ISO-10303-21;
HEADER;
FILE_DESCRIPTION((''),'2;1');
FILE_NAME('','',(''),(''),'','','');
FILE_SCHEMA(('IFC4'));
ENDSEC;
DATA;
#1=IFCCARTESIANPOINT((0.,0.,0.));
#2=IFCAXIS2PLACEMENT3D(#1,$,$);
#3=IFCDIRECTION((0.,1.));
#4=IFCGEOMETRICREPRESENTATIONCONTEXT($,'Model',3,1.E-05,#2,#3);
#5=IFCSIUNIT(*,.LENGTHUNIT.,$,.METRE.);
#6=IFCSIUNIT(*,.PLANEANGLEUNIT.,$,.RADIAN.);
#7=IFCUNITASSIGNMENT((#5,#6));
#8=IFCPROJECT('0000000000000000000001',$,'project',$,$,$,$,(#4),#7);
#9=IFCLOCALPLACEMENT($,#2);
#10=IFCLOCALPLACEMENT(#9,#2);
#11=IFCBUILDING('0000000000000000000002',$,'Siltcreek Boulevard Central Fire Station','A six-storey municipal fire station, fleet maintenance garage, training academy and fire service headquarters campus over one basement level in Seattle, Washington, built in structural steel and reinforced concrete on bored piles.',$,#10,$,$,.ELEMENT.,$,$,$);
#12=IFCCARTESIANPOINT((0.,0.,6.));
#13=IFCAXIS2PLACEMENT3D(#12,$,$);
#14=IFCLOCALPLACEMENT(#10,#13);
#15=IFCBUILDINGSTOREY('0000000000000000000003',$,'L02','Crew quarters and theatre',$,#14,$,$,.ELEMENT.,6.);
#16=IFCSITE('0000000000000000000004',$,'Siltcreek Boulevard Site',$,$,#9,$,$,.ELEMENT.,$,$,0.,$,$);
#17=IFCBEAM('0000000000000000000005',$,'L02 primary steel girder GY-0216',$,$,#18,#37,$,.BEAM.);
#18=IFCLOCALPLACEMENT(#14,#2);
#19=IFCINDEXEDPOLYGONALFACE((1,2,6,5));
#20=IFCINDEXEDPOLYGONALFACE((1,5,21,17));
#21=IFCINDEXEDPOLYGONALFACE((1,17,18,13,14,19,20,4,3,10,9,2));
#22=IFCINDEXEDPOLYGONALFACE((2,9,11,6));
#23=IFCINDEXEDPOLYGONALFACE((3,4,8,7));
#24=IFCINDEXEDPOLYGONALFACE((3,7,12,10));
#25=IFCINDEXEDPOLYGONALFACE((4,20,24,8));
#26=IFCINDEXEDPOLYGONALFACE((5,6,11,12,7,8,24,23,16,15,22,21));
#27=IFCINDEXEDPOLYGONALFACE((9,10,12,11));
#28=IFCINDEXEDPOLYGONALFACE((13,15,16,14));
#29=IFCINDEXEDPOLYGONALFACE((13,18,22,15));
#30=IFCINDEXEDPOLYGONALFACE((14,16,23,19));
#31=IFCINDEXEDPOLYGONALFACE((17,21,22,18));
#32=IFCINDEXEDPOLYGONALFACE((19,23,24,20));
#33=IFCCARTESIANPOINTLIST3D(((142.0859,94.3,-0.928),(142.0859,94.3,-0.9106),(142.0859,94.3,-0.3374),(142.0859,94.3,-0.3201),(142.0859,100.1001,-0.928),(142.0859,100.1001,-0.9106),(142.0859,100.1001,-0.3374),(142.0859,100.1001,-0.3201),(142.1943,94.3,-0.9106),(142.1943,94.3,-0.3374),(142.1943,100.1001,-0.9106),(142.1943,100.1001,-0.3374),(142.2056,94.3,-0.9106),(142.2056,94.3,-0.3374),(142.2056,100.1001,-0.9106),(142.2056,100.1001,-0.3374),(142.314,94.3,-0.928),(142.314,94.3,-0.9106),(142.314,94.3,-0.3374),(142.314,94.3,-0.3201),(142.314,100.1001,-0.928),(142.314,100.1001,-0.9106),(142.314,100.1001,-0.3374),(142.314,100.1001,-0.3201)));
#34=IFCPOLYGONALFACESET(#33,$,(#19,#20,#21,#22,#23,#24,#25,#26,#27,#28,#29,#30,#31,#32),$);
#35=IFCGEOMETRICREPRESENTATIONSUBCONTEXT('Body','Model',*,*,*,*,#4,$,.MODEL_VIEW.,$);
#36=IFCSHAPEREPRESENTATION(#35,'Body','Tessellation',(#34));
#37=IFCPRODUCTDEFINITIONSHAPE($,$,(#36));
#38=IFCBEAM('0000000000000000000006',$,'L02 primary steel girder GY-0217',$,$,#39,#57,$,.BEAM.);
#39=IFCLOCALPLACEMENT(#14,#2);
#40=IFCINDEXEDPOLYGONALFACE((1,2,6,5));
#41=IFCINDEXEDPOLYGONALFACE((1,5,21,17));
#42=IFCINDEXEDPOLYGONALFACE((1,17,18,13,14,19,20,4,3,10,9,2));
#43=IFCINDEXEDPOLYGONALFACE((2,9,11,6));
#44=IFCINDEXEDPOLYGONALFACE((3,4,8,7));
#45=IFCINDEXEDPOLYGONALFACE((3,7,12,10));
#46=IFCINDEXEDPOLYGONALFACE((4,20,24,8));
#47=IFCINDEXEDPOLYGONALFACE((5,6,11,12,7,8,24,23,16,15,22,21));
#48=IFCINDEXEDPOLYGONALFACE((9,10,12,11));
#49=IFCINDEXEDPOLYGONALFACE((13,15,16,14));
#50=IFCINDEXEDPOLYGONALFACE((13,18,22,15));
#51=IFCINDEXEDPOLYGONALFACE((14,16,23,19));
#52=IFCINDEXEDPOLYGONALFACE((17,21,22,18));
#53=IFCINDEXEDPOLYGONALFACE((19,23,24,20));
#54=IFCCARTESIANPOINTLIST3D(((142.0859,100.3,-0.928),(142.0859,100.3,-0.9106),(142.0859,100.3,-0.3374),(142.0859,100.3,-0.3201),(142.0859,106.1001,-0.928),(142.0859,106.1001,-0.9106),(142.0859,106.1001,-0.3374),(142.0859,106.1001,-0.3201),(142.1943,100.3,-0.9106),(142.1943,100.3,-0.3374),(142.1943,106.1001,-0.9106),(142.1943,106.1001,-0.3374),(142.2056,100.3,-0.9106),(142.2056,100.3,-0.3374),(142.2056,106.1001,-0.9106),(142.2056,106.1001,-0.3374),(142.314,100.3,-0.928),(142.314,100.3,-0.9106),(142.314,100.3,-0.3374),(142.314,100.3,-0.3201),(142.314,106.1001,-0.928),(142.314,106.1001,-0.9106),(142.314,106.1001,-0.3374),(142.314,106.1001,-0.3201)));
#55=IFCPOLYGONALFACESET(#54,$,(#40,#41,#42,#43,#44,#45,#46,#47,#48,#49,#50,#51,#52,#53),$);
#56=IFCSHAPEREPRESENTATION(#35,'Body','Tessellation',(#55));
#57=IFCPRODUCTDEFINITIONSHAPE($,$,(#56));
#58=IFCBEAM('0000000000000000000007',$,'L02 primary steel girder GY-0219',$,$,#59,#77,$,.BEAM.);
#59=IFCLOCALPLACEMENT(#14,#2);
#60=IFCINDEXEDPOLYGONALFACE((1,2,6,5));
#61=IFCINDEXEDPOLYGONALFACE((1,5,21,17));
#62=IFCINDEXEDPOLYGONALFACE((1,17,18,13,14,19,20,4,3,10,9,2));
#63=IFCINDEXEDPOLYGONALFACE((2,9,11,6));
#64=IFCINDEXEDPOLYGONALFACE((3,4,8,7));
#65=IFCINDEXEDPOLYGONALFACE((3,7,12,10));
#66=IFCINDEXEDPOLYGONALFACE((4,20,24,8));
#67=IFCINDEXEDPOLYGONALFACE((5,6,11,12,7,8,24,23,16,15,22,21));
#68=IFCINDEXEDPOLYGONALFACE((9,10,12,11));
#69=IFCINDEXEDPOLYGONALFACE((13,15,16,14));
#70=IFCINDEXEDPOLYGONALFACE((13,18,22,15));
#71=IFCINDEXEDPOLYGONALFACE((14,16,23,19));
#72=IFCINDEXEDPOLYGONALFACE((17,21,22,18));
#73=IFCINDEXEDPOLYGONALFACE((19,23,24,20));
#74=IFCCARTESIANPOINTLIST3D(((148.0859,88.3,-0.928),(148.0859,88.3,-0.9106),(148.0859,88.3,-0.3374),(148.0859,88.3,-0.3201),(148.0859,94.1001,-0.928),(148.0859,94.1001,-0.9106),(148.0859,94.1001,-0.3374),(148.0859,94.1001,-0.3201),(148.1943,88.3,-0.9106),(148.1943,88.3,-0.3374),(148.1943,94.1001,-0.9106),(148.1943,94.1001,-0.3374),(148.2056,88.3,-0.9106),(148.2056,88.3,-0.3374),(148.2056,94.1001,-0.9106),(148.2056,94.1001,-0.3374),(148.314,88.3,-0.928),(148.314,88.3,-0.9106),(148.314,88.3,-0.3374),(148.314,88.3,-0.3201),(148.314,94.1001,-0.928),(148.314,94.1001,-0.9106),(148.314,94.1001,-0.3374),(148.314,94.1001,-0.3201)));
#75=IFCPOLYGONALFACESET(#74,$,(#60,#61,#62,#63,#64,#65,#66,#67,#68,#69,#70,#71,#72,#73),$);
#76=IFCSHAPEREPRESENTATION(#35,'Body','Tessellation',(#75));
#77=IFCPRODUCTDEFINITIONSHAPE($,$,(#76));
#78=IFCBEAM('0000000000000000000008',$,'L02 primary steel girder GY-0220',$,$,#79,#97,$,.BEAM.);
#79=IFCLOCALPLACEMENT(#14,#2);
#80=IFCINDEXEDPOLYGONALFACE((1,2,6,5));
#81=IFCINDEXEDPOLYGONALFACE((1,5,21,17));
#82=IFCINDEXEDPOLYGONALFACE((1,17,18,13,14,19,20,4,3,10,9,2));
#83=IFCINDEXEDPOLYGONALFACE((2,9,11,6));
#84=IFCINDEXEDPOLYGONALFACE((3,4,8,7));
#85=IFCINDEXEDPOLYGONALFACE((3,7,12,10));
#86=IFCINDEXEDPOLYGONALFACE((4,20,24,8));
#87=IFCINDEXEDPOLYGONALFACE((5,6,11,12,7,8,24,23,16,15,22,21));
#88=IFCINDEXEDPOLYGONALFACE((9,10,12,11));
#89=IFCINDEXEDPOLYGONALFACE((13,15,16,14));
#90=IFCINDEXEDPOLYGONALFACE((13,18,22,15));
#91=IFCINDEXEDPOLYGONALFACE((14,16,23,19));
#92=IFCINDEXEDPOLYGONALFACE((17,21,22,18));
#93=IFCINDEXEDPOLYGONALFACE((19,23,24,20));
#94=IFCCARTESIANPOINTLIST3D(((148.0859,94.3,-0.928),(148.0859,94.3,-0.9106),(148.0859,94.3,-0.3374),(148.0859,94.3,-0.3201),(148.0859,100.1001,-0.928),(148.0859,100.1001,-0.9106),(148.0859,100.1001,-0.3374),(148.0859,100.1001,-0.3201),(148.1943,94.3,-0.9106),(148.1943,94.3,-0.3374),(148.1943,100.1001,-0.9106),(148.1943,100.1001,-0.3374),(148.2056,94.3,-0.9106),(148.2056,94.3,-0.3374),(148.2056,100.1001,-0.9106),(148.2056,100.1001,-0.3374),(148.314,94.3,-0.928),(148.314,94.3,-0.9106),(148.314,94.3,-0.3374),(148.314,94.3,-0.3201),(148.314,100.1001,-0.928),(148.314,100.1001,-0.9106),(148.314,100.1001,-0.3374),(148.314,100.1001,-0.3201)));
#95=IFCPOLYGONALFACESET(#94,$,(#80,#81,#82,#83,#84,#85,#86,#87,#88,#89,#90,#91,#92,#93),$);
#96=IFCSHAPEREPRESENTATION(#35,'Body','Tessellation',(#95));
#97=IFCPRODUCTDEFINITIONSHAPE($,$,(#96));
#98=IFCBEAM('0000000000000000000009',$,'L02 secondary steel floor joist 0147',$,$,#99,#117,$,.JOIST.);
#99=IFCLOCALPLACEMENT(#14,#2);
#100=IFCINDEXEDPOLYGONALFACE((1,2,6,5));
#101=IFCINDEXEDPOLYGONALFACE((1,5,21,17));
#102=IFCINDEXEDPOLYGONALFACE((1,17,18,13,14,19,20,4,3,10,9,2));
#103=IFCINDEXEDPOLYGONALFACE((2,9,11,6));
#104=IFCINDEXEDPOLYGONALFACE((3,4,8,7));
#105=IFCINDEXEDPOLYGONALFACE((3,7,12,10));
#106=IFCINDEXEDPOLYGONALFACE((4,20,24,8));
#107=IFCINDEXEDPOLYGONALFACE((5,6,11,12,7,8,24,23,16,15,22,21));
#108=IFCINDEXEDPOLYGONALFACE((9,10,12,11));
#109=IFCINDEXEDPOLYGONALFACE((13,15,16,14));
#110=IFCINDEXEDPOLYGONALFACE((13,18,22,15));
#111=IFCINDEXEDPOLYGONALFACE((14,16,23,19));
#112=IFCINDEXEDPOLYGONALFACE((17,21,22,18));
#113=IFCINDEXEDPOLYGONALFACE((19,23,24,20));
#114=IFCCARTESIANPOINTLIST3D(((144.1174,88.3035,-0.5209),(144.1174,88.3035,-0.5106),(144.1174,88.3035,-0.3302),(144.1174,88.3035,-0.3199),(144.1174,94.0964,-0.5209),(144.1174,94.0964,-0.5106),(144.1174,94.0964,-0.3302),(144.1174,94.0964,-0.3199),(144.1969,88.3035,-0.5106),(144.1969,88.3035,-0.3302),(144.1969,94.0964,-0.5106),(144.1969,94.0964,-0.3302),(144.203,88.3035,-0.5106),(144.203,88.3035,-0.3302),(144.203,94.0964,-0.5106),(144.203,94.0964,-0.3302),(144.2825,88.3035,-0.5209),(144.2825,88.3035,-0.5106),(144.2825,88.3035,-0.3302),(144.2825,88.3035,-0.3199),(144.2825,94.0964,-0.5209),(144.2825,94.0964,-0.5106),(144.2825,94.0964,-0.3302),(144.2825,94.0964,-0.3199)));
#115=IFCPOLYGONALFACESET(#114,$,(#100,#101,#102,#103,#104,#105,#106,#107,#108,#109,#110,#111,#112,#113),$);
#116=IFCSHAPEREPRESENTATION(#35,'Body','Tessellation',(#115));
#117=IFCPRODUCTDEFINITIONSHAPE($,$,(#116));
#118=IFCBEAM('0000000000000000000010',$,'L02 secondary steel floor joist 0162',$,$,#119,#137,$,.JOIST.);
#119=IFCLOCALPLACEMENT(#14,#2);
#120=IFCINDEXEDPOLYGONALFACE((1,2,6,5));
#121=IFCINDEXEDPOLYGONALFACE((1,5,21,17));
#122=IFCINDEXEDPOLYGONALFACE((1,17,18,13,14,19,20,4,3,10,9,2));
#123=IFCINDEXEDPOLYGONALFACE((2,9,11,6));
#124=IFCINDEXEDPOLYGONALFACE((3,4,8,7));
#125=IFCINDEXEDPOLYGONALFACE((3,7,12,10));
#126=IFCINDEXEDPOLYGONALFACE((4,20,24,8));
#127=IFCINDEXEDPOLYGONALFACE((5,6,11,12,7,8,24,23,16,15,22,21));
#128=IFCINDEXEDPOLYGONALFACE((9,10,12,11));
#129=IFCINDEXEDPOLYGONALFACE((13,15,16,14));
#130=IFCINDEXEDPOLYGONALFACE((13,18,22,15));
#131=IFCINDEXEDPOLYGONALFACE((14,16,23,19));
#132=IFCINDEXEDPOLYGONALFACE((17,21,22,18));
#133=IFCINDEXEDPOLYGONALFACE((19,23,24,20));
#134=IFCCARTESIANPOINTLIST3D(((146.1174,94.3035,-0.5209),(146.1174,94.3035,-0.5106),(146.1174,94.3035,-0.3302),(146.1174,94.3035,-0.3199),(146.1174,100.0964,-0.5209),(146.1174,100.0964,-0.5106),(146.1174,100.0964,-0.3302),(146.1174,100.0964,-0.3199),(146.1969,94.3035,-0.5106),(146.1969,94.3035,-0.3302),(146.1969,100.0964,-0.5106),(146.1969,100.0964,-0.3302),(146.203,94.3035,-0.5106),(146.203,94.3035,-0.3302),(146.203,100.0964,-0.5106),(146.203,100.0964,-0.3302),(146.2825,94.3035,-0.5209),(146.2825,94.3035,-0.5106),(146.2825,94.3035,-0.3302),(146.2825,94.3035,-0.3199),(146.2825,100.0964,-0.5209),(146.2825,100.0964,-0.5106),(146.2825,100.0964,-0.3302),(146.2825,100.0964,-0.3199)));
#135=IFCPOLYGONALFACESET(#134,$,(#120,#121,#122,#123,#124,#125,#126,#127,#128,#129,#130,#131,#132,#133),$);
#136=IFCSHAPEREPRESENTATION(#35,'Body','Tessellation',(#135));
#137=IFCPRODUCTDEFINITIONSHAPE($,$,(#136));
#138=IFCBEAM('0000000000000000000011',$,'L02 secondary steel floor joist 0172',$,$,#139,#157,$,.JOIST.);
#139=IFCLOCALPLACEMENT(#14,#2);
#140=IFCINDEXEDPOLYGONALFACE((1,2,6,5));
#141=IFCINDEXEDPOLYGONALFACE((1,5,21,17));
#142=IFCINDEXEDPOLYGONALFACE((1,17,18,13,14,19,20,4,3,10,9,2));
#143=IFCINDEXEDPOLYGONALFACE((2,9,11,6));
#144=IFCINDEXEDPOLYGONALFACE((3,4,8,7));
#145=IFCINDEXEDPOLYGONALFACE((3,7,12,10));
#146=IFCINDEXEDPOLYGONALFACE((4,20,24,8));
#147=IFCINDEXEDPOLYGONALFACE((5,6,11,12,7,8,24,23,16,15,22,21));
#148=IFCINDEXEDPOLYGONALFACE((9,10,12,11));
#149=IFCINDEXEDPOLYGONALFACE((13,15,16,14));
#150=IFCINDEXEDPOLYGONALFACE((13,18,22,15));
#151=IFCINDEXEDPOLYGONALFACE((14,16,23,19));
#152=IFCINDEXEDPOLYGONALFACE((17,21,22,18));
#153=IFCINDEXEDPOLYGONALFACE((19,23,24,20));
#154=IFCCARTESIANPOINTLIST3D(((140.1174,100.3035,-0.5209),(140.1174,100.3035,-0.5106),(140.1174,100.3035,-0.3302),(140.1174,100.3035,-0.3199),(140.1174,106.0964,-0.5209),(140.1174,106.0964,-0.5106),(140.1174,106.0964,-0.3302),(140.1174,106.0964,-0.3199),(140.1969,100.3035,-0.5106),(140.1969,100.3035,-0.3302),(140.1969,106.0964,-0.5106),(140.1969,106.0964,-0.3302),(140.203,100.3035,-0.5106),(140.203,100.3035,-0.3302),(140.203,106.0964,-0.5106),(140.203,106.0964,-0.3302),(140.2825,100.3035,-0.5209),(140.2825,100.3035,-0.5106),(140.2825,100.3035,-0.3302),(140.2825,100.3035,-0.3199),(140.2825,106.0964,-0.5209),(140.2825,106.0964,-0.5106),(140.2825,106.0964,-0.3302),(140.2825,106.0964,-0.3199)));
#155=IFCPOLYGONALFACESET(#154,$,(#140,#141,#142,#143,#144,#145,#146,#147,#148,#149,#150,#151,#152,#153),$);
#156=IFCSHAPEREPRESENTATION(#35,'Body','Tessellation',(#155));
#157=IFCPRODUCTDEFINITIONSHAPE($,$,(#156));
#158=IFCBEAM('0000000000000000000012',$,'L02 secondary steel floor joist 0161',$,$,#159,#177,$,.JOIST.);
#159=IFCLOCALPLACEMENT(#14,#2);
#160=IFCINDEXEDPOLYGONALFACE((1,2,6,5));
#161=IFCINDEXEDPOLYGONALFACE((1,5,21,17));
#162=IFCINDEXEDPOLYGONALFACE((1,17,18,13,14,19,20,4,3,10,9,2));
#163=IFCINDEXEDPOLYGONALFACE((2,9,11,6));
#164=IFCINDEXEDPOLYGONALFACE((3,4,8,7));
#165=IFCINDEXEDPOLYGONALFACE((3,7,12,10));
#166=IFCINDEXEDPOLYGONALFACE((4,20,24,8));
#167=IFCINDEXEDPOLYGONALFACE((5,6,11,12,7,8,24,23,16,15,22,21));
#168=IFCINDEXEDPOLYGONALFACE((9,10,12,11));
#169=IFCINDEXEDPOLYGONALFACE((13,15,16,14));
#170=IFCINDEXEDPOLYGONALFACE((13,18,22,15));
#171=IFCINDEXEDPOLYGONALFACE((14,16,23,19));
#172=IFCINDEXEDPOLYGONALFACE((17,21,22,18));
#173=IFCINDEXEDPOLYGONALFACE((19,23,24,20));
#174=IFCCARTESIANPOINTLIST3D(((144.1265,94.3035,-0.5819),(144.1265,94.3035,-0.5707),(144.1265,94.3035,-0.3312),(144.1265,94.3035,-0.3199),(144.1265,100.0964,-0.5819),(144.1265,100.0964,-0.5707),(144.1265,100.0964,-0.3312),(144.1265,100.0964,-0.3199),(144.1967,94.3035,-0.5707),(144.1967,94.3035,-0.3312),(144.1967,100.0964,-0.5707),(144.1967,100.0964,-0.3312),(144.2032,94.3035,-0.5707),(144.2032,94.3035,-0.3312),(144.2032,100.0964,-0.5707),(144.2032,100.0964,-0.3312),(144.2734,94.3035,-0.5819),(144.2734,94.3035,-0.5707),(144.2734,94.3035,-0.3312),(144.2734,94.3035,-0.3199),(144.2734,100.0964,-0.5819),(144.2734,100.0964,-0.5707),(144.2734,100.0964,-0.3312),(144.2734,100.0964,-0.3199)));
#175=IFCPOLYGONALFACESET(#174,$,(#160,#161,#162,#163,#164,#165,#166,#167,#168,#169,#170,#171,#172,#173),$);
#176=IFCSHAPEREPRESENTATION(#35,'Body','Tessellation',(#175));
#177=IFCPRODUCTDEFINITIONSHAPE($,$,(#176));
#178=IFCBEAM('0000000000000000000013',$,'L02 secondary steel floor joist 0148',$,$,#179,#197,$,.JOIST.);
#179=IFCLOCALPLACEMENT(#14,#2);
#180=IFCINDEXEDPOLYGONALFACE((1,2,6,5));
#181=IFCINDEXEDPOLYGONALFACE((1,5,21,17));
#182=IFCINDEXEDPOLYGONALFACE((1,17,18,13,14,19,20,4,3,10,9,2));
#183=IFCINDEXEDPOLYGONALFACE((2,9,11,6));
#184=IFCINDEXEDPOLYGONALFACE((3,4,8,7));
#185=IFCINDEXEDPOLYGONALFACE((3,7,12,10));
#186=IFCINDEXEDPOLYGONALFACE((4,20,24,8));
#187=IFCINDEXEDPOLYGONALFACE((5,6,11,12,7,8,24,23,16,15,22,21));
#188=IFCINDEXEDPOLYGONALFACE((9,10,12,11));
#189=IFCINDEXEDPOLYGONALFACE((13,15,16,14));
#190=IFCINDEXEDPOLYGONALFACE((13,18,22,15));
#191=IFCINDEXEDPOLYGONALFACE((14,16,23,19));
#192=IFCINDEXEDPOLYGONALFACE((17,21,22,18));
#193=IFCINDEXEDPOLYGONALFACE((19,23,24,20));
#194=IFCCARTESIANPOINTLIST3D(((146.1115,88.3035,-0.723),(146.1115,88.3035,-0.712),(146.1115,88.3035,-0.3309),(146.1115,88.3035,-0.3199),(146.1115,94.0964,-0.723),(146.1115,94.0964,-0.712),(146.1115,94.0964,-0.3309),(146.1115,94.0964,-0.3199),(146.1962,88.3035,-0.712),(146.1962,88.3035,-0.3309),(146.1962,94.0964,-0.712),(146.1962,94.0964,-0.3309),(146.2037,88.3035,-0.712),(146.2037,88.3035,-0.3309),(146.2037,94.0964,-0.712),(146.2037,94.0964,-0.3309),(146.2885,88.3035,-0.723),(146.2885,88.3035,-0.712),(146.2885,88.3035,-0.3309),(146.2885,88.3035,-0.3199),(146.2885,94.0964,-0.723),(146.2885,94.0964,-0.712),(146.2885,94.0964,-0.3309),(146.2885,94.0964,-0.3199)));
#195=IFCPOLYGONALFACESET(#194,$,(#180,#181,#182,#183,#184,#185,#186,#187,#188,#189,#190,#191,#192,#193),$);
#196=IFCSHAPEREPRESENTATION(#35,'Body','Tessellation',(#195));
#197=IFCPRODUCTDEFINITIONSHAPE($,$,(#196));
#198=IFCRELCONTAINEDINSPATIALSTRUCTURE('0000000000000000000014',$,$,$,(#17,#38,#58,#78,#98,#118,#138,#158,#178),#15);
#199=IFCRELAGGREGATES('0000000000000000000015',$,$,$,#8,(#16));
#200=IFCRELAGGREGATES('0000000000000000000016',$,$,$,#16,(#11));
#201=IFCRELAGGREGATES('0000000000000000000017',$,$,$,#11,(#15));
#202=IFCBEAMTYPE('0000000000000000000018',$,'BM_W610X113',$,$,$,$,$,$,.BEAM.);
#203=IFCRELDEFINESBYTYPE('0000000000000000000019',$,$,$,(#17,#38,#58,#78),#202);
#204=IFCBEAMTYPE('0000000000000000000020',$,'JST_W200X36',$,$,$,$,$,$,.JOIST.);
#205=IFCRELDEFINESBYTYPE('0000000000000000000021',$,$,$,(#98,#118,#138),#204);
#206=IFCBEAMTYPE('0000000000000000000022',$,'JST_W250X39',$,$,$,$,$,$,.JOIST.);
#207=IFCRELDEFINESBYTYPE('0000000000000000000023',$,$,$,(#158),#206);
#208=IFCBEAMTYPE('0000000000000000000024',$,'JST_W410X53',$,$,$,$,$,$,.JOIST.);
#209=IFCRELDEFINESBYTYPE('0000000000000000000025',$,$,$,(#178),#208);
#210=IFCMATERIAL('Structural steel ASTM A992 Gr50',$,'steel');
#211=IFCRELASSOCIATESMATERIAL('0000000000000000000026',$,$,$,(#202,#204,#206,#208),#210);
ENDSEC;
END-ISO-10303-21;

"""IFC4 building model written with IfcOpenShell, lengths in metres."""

from ifc_helpers import new_model, si_unit, direction, frame, origin, origin_2d, place, context, subcontext, project, spatial, i_section, extrude, material, material_profile, profile_set, type_object, element, save


model = new_model("IFC4")

# Units and contexts
model_context = context("Model", 3, precision=1e-05, world=origin(), true_north=direction((0.0, 1.0)))
body_context = subcontext(model_context, "Body", "Model", "MODEL_VIEW")
ifc_project = project(units=[si_unit("LENGTHUNIT", "METRE"), si_unit("PLANEANGLEUNIT", "RADIAN")], contexts=[model_context])

# Site, building, storey
site_placement = place(None, origin())
site = spatial("IfcSite", under=ifc_project, at=site_placement, Name="Siltcreek Boulevard Site", CompositionType="ELEMENT", RefElevation=0.0)
building_placement = place(site_placement, origin())
building = spatial("IfcBuilding", under=site, at=building_placement, Name="Siltcreek Boulevard Central Fire Station", Description="A six-storey municipal fire station, fleet maintenance garage, training academy and fire service headquarters campus over one basement level in Seattle, Washington, built in structural steel and reinforced concrete on bored piles.", CompositionType="ELEMENT")
storey_placement = place(building_placement, frame((0.0, 0.0, 6.0)))
storey = spatial("IfcBuildingStorey", under=building, at=storey_placement, Name="L02", Description="Crew quarters and theatre", CompositionType="ELEMENT", Elevation=6.0)

# Shared definitions
ifc_material_1 = material(Name="Structural steel ASTM A992 Gr50", Category="steel")

# Beams
ifc_material_profile_1 = material_profile(ifc_material_1, i_section(OverallWidth=0.228, OverallDepth=0.6079, WebThickness=0.0112, FlangeThickness=0.0173, at=origin_2d()), Name="W610X113")
ifc_profile_set_1 = profile_set([ifc_material_profile_1], Name="Structural steel ASTM A992 Gr50")
beam_type_1 = type_object("IfcBeamType", Name="BM_W610X113", PredefinedType="BEAM", material=ifc_profile_set_1)
for number, where, z_axis, x_axis, name in (
    (1, (142.2, 94.3, -0.624), (0.0, 1.0, 0.0), (-1.0, 0.0, 0.0), "L02 primary steel girder GY-0216"),
    (2, (142.2, 100.3, -0.624), (0.0, 1.0, 0.0), (-1.0, 0.0, 0.0), "L02 primary steel girder GY-0217"),
    (3, (148.2, 88.3, -0.624), (0.0, 1.0, 0.0), (-1.0, 0.0, 0.0), "L02 primary steel girder GY-0219"),
    (4, (148.2, 94.3, -0.624), (0.0, 1.0, 0.0), (-1.0, 0.0, 0.0), "L02 primary steel girder GY-0220"),
):
    element("IfcBeam", number, at=place(storey_placement, frame(where, z_axis=z_axis, x_axis=x_axis)), inside=storey, type_object=beam_type_1, Name=name, PredefinedType="BEAM", context=body_context, shape_type="SweptSolid", body=[
        extrude(i_section(OverallWidth=0.228, OverallDepth=0.6079, WebThickness=0.0112, FlangeThickness=0.0173, at=origin_2d()), origin(), (0.0, 0.0, 1.0), 5.8),
    ])
ifc_material_profile_2 = material_profile(ifc_material_1, i_section(OverallWidth=0.165, OverallDepth=0.2009, WebThickness=0.0061, FlangeThickness=0.0103, at=origin_2d()), Name="W200X36")
ifc_profile_set_2 = profile_set([ifc_material_profile_2], Name="Structural steel ASTM A992 Gr50")
beam_type_2 = type_object("IfcBeamType", Name="JST_W200X36", PredefinedType="JOIST", material=ifc_profile_set_2)
for number, where, z_axis, x_axis, name in (
    (5, (144.2, 88.3035, -0.4204), (0.0, 1.0, 0.0), (-1.0, 0.0, 0.0), "L02 secondary steel floor joist 0147"),
    (6, (146.2, 94.3035, -0.4204), (0.0, 1.0, 0.0), (-1.0, 0.0, 0.0), "L02 secondary steel floor joist 0162"),
    (7, (140.2, 100.3035, -0.4204), (0.0, 1.0, 0.0), (-1.0, 0.0, 0.0), "L02 secondary steel floor joist 0172"),
):
    element("IfcBeam", number, at=place(storey_placement, frame(where, z_axis=z_axis, x_axis=x_axis)), inside=storey, type_object=beam_type_2, Name=name, PredefinedType="JOIST", context=body_context, shape_type="SweptSolid", body=[
        extrude(i_section(OverallWidth=0.165, OverallDepth=0.2009, WebThickness=0.0061, FlangeThickness=0.0103, at=origin_2d()), origin(), (0.0, 0.0, 1.0), 5.793),
    ])
ifc_material_profile_3 = material_profile(ifc_material_1, i_section(OverallWidth=0.147, OverallDepth=0.262, WebThickness=0.0066, FlangeThickness=0.0112, at=origin_2d()), Name="W250X39")
ifc_profile_set_3 = profile_set([ifc_material_profile_3], Name="Structural steel ASTM A992 Gr50")
beam_type_3 = type_object("IfcBeamType", Name="JST_W250X39", PredefinedType="JOIST", material=ifc_profile_set_3)
beam_placement = place(storey_placement, frame((144.2, 94.3035, -0.4509), z_axis=(0.0, 1.0, 0.0), x_axis=(-1.0, 0.0, 0.0)))
element("IfcBeam", 8, at=beam_placement, inside=storey, type_object=beam_type_3, Name="L02 secondary steel floor joist 0161", PredefinedType="JOIST", context=body_context, shape_type="SweptSolid", body=[
    extrude(i_section(OverallWidth=0.147, OverallDepth=0.262, WebThickness=0.0066, FlangeThickness=0.0112, at=origin_2d()), origin(), (0.0, 0.0, 1.0), 5.793),
])
ifc_material_profile_4 = material_profile(ifc_material_1, i_section(OverallWidth=0.177, OverallDepth=0.4031, WebThickness=0.0076, FlangeThickness=0.011, at=origin_2d()), Name="W410X53")
ifc_profile_set_4 = profile_set([ifc_material_profile_4], Name="Structural steel ASTM A992 Gr50")
beam_type_4 = type_object("IfcBeamType", Name="JST_W410X53", PredefinedType="JOIST", material=ifc_profile_set_4)
for number, where, z_axis, x_axis, name in (
    (9, (146.2, 88.3035, -0.5215), (0.0, 1.0, 0.0), (-1.0, 0.0, 0.0), "L02 secondary steel floor joist 0148"),
):
    element("IfcBeam", number, at=place(storey_placement, frame(where, z_axis=z_axis, x_axis=x_axis)), inside=storey, type_object=beam_type_4, Name=name, PredefinedType="JOIST", context=body_context, shape_type="SweptSolid", body=[
        extrude(i_section(OverallWidth=0.177, OverallDepth=0.4031, WebThickness=0.0076, FlangeThickness=0.011, at=origin_2d()), origin(), (0.0, 0.0, 1.0), 5.793),
    ])

save(model, "model.ifc")
